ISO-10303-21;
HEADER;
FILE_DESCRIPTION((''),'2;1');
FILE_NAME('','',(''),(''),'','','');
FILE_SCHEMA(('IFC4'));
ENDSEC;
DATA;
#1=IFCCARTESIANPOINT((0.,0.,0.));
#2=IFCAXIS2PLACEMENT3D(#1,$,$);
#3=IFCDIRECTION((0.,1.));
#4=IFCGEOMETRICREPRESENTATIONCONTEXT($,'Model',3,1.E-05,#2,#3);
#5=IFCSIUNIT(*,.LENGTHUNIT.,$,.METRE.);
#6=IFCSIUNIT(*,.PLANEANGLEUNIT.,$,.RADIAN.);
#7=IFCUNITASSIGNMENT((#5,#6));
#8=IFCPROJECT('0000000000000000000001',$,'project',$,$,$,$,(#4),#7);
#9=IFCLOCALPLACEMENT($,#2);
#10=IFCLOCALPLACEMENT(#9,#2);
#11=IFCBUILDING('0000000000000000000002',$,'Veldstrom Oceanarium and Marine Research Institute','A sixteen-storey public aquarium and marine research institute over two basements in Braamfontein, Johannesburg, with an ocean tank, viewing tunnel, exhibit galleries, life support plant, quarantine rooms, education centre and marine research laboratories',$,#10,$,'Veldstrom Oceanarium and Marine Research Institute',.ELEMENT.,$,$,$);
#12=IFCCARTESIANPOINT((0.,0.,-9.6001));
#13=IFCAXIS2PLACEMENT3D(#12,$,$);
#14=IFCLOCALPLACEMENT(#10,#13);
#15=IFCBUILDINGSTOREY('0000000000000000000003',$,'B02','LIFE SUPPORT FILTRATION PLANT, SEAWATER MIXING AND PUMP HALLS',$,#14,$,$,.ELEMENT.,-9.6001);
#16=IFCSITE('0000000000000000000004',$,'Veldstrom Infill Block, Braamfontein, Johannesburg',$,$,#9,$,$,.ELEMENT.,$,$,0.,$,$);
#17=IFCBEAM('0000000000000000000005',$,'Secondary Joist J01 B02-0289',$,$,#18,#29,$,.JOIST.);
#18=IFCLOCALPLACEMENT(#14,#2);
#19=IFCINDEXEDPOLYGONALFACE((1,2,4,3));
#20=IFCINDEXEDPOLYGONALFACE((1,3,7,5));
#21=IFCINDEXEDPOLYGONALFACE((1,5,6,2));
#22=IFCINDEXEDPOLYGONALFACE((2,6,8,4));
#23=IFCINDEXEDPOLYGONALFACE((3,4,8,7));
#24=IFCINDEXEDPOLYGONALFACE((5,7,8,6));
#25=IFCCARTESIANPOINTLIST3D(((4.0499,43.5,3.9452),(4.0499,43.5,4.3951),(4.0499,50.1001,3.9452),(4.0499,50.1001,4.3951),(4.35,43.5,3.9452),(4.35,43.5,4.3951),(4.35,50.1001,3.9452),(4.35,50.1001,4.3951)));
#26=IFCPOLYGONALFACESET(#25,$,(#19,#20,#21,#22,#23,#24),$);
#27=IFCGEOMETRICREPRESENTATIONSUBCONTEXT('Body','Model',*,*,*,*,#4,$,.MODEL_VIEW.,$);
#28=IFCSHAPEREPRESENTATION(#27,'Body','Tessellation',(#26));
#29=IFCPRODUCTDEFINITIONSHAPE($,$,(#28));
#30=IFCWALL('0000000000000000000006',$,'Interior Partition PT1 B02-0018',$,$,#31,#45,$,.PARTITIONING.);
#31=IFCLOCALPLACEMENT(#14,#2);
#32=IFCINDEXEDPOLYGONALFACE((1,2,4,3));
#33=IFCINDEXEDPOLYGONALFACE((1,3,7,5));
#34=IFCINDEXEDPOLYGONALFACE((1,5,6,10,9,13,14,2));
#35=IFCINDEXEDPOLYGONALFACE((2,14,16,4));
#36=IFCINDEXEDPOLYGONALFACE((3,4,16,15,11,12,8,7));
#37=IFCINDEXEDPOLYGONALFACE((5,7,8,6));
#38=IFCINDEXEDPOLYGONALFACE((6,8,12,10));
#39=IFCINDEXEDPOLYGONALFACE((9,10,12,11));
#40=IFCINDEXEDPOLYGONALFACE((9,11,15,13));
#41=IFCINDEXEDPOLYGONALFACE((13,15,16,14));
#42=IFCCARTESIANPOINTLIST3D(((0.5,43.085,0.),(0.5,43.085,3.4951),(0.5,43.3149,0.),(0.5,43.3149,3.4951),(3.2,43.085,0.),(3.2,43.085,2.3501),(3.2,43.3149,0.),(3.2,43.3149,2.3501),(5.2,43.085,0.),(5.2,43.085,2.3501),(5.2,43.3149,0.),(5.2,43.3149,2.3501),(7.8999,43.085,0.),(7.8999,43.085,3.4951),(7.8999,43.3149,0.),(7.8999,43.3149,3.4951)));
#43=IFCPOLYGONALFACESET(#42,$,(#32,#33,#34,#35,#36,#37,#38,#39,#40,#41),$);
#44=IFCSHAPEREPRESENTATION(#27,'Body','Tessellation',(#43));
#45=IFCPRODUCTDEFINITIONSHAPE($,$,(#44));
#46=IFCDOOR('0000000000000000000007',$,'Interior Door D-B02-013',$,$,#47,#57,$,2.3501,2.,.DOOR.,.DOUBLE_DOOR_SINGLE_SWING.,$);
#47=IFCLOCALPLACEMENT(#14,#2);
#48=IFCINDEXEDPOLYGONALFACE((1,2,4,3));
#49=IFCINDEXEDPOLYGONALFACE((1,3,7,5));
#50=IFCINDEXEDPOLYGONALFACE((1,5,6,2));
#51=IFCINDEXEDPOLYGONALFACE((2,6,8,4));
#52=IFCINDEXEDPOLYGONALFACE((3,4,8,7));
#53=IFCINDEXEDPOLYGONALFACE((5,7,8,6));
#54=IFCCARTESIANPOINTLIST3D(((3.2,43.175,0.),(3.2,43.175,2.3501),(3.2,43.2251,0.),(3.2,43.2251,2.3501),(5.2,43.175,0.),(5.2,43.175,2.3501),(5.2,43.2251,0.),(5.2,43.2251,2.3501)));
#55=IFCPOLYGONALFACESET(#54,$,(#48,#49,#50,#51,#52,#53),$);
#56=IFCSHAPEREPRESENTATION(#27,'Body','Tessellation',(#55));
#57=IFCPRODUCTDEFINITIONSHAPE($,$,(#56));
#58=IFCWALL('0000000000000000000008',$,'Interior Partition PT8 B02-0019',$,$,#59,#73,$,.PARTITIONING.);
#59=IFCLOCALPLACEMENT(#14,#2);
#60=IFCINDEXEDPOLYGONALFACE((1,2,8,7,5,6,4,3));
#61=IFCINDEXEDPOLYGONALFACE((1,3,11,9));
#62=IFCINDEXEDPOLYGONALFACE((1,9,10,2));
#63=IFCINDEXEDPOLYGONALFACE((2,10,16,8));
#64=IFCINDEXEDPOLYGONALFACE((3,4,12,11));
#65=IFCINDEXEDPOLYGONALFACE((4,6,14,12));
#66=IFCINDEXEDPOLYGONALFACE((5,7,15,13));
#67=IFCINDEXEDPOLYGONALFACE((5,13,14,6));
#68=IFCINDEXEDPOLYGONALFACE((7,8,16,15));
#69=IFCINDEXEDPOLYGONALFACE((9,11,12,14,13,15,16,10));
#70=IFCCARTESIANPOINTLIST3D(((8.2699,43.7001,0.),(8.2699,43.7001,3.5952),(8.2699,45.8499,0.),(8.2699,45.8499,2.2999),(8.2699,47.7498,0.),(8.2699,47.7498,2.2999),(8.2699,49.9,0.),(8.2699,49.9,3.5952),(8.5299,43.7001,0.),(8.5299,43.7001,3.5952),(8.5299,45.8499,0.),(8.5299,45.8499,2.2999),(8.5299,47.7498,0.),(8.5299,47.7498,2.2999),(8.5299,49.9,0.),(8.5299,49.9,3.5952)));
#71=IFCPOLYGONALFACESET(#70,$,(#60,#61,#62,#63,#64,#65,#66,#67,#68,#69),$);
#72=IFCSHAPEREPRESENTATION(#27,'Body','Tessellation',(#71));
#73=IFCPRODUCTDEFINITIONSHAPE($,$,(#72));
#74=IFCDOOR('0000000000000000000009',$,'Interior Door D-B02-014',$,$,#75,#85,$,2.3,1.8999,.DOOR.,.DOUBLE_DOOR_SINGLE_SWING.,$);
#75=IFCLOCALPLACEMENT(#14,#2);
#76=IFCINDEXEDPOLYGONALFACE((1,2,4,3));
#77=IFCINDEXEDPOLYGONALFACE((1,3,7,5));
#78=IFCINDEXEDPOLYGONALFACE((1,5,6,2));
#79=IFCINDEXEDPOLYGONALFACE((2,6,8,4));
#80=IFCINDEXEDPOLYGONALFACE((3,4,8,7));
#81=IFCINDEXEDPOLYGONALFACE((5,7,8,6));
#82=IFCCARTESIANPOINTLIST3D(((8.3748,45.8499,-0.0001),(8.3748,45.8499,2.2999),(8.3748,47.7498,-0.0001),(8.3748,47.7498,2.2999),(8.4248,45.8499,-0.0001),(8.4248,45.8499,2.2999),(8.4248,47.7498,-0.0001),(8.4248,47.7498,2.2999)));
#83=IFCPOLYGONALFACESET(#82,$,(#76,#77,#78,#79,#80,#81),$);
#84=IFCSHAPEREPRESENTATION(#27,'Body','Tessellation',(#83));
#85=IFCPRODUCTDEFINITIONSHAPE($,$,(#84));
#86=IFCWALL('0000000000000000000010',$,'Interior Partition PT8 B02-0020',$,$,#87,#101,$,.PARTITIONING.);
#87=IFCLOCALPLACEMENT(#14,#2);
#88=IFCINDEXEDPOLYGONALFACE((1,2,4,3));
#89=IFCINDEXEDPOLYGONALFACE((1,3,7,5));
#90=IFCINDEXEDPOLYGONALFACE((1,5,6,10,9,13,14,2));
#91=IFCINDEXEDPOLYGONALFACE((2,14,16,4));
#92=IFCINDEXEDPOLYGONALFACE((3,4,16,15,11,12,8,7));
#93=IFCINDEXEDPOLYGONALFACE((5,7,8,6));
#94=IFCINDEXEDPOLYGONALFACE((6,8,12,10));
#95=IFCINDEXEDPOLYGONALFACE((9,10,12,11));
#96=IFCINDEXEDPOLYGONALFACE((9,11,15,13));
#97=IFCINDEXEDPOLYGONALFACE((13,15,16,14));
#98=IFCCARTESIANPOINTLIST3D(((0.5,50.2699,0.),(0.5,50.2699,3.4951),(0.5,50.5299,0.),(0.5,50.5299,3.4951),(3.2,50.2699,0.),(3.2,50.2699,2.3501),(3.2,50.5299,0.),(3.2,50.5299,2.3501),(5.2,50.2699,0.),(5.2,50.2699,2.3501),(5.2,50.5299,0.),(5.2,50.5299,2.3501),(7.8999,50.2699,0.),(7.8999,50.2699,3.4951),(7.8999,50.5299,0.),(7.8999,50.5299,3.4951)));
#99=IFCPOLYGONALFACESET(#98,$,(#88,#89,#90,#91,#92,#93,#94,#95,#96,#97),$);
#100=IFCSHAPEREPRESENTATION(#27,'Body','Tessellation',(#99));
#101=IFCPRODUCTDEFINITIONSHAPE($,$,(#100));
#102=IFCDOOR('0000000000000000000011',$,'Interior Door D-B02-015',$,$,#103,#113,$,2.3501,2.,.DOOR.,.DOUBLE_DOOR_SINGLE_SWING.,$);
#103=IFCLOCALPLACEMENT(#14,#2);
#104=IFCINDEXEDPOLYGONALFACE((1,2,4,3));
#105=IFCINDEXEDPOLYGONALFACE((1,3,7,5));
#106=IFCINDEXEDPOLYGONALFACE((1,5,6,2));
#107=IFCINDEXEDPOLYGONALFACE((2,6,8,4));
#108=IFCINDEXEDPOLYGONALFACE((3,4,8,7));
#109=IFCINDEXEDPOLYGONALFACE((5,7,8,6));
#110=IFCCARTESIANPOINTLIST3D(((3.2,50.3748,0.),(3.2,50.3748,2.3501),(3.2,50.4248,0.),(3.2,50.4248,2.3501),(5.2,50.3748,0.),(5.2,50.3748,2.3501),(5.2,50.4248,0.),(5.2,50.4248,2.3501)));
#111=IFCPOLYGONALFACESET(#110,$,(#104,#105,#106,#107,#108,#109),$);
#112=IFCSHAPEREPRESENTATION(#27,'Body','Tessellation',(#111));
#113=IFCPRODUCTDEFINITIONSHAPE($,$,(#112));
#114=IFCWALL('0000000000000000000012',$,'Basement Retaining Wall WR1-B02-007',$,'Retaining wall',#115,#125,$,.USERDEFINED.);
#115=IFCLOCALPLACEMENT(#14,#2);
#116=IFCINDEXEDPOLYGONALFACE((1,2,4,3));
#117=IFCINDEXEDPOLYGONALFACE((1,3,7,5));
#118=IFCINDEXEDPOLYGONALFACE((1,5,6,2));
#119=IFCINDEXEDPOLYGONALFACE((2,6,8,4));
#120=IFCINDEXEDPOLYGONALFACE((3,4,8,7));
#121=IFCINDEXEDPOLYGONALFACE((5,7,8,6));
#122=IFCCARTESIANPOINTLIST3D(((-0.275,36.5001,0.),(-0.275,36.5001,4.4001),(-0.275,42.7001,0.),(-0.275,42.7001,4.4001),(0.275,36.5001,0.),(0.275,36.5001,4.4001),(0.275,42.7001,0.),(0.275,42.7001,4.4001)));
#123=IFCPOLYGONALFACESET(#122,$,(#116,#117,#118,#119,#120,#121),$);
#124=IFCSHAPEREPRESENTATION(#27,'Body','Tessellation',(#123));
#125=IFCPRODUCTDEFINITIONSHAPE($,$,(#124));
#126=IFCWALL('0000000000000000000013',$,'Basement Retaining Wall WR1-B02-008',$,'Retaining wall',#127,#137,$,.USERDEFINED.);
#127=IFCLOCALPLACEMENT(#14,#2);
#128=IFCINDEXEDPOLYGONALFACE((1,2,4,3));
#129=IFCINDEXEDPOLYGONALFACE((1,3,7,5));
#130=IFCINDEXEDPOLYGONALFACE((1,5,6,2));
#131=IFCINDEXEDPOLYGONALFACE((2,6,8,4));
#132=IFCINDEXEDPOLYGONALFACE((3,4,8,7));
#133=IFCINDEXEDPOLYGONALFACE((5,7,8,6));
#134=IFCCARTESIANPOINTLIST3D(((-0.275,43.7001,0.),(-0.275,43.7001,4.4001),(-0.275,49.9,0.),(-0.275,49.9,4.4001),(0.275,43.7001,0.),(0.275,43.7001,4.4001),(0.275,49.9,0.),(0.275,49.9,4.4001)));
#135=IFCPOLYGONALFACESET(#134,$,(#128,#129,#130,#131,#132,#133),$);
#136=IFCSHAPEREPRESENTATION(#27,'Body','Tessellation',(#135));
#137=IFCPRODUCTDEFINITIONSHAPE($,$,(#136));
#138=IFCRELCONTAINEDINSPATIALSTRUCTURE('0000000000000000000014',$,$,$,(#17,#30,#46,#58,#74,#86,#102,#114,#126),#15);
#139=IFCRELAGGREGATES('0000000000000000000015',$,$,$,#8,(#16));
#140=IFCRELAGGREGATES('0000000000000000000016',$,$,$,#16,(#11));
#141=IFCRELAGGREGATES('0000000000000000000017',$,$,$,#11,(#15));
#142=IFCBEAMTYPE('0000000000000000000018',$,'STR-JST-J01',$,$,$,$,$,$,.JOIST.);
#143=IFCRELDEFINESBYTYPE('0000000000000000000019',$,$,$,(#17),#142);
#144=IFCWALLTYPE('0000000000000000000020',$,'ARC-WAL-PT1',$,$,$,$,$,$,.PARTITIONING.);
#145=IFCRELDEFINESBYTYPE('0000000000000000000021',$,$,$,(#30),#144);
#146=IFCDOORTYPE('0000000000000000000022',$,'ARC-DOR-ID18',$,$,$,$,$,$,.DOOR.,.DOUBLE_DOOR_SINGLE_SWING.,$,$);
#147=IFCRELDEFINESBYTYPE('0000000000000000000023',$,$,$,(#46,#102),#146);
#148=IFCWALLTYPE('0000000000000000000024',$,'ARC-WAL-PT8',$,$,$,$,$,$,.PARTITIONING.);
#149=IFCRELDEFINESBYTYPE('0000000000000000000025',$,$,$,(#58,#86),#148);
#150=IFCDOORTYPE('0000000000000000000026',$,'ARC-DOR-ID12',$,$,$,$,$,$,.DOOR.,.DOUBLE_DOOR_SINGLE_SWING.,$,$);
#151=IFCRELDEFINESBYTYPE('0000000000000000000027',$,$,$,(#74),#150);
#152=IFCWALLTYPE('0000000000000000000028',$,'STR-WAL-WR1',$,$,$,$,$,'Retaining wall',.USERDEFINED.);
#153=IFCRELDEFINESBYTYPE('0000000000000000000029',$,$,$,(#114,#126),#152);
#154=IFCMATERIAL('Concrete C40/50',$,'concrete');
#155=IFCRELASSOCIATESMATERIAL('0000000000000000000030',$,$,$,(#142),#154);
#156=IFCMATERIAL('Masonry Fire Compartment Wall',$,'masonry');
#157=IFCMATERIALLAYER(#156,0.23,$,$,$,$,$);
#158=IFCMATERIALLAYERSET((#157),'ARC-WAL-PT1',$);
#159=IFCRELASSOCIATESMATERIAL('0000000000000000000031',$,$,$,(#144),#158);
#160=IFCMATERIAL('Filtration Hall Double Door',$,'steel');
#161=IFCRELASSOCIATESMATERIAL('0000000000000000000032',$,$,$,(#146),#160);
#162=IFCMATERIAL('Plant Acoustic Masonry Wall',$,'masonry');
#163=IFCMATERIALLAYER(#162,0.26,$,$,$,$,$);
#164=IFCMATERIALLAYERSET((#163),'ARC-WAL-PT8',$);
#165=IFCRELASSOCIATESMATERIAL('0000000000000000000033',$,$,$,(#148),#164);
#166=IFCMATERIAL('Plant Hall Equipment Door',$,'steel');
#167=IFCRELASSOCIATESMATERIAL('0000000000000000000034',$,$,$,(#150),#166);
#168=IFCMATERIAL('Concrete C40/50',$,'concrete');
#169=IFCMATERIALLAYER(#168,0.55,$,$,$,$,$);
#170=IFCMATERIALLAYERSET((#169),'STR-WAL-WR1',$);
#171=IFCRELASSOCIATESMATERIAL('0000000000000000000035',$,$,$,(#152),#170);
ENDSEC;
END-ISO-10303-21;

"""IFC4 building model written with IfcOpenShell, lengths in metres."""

from ifc_helpers import new_model, si_unit, direction, frame, frame_2d, origin, origin_2d, place, context, subcontext, project, spatial, rectangle, extrude, material, layer, layer_set, material_profile, profile_set, type_object, element, fill, save


model = new_model("IFC4")

# Units and contexts
model_context = context("Model", 3, precision=1e-05, world=origin(), true_north=direction((0.0, 1.0)))
body_context = subcontext(model_context, "Body", "Model", "MODEL_VIEW")
ifc_project = project(units=[si_unit("LENGTHUNIT", "METRE"), si_unit("PLANEANGLEUNIT", "RADIAN")], contexts=[model_context])

# Site, building, storey
site_placement = place(None, origin())
site = spatial("IfcSite", under=ifc_project, at=site_placement, Name="Veldstrom Infill Block, Braamfontein, Johannesburg", CompositionType="ELEMENT", RefElevation=0.0)
building_placement = place(site_placement, origin())
building = spatial("IfcBuilding", under=site, at=building_placement, Name="Veldstrom Oceanarium and Marine Research Institute", Description="A sixteen-storey public aquarium and marine research institute over two basements in Braamfontein, Johannesburg, with an ocean tank, viewing tunnel, exhibit galleries, life support plant, quarantine rooms, education centre and marine research laboratories", LongName="Veldstrom Oceanarium and Marine Research Institute", CompositionType="ELEMENT")
storey_placement = place(building_placement, frame((0.0, 0.0, -9.6001)))
storey = spatial("IfcBuildingStorey", under=building, at=storey_placement, Name="B02", Description="LIFE SUPPORT FILTRATION PLANT, SEAWATER MIXING AND PUMP HALLS", CompositionType="ELEMENT", Elevation=-9.6001)

# Beam
ifc_material_1 = material(Name="Concrete C40/50", Category="concrete")
ifc_material_profile_1 = material_profile(ifc_material_1, rectangle(XDim=0.3, YDim=0.45, at=origin_2d()), Name="RC-JST-300x450")
ifc_profile_set_1 = profile_set([ifc_material_profile_1], Name="Concrete C40/50")
beam_type_1 = type_object("IfcBeamType", Name="STR-JST-J01", PredefinedType="JOIST", material=ifc_profile_set_1)
beam_1_placement = place(storey_placement, frame((4.2, 43.5, 4.1702), z_axis=(0.0, 1.0, 0.0), x_axis=(-1.0, 0.0, 0.0)))
element("IfcBeam", 1, at=beam_1_placement, inside=storey, type_object=beam_type_1, Name="Secondary Joist J01 B02-0289", PredefinedType="JOIST", context=body_context, shape_type="SweptSolid", body=[
    extrude(rectangle(XDim=0.3, YDim=0.45, at=origin_2d()), origin(), (0.0, 0.0, 1.0), 6.6001),
])

# Walls, openings, doors
ifc_material_2 = material(Name="Masonry Fire Compartment Wall", Category="masonry")
ifc_layer_1 = layer(ifc_material_2, 0.23)
ifc_layer_set_1 = layer_set([ifc_layer_1], Name="ARC-WAL-PT1")
wall_type_1 = type_object("IfcWallType", Name="ARC-WAL-PT1", PredefinedType="PARTITIONING", material=ifc_layer_set_1)
wall_1_placement = place(storey_placement, frame((0.5, 43.2, 0.0), z_axis=(0.0, 0.0, 1.0), x_axis=(1.0, 0.0, 0.0)))
wall_1 = element("IfcWall", 2, at=wall_1_placement, inside=storey, type_object=wall_type_1, Name="Interior Partition PT1 B02-0018", PredefinedType="PARTITIONING", context=body_context, shape_type="SweptSolid", body=[
    extrude(rectangle(XDim=7.3999, YDim=0.23, at=frame_2d((3.7, 0.0))), origin(), (0.0, 0.0, 1.0), 3.4951),
])
opening_1_placement = place(wall_1_placement, frame((2.7, 0.0, 0.0)))
opening_1 = element("IfcOpeningElement", 3, at=opening_1_placement, cuts=wall_1, PredefinedType="OPENING", context=body_context, shape_type="SweptSolid", body=[
    extrude(rectangle(XDim=2.0, YDim=2.3501, at=frame_2d((1.0, 1.175))), frame((0.0, 0.125, 0.0), z_axis=(0.0, -1.0, 0.0), x_axis=(1.0, 0.0, 0.0)), (0.0, 0.0, 1.0), 0.25),
])
ifc_material_3 = material(Name="Filtration Hall Double Door", Category="steel")
door_type_1 = type_object("IfcDoorType", Name="ARC-DOR-ID18", OperationType="DOUBLE_DOOR_SINGLE_SWING", PredefinedType="DOOR", material=ifc_material_3)
door_1_placement = place(opening_1_placement, frame((2.0, 0.0, 0.0), z_axis=(0.0, 0.0, 1.0), x_axis=(-1.0, 0.0, 0.0)))
door_1 = element("IfcDoor", 4, at=door_1_placement, inside=storey, type_object=door_type_1, Name="Interior Door D-B02-013", OperationType="DOUBLE_DOOR_SINGLE_SWING", OverallHeight=2.3501, OverallWidth=2.0, PredefinedType="DOOR", context=body_context, shape_type="SweptSolid", body=[
    extrude(rectangle(XDim=2.0, YDim=2.3501, at=frame_2d((1.0, 1.175))), frame((0.0, 0.0249, 0.0), z_axis=(0.0, -1.0, 0.0), x_axis=(1.0, 0.0, 0.0)), (0.0, 0.0, 1.0), 0.05),
])
fill(opening_1, door_1)
ifc_material_4 = material(Name="Plant Acoustic Masonry Wall", Category="masonry")
ifc_layer_2 = layer(ifc_material_4, 0.26)
ifc_layer_set_2 = layer_set([ifc_layer_2], Name="ARC-WAL-PT8")
wall_type_2 = type_object("IfcWallType", Name="ARC-WAL-PT8", PredefinedType="PARTITIONING", material=ifc_layer_set_2)
wall_2_placement = place(storey_placement, frame((8.3999, 43.7, 0.0), z_axis=(0.0, 0.0, 1.0), x_axis=(0.0, 1.0, 0.0)))
wall_2 = element("IfcWall", 5, at=wall_2_placement, inside=storey, type_object=wall_type_2, Name="Interior Partition PT8 B02-0019", PredefinedType="PARTITIONING", context=body_context, shape_type="SweptSolid", body=[
    extrude(rectangle(XDim=6.2, YDim=0.26, at=frame_2d((3.1001, 0.0))), origin(), (0.0, 0.0, 1.0), 3.5952),
])
opening_2_placement = place(wall_2_placement, frame((2.1499, 0.0, 0.0)))
opening_2 = element("IfcOpeningElement", 6, at=opening_2_placement, cuts=wall_2, PredefinedType="OPENING", context=body_context, shape_type="SweptSolid", body=[
    extrude(rectangle(XDim=1.8999, YDim=2.3, at=frame_2d((0.95, 1.1499))), frame((0.0, 0.1399, 0.0), z_axis=(0.0, -1.0, 0.0), x_axis=(1.0, 0.0, 0.0)), (0.0, 0.0, 1.0), 0.28),
])
ifc_material_5 = material(Name="Plant Hall Equipment Door", Category="steel")
door_type_2 = type_object("IfcDoorType", Name="ARC-DOR-ID12", OperationType="DOUBLE_DOOR_SINGLE_SWING", PredefinedType="DOOR", material=ifc_material_5)
door_2_placement = place(opening_2_placement, frame((1.8999, 0.0, 0.0), z_axis=(0.0, 0.0, 1.0), x_axis=(-1.0, 0.0, 0.0)))
door_2 = element("IfcDoor", 7, at=door_2_placement, inside=storey, type_object=door_type_2, Name="Interior Door D-B02-014", OperationType="DOUBLE_DOOR_SINGLE_SWING", OverallHeight=2.3, OverallWidth=1.8999, PredefinedType="DOOR", context=body_context, shape_type="SweptSolid", body=[
    extrude(rectangle(XDim=1.8999, YDim=2.3, at=frame_2d((0.95, 1.1499))), frame((0.0, 0.0249, 0.0), z_axis=(0.0, -1.0, 0.0), x_axis=(1.0, 0.0, 0.0)), (0.0, 0.0, 1.0), 0.05),
])
fill(opening_2, door_2)
wall_3_placement = place(storey_placement, frame((0.5, 50.3999, 0.0), z_axis=(0.0, 0.0, 1.0), x_axis=(1.0, 0.0, 0.0)))
wall_3 = element("IfcWall", 8, at=wall_3_placement, inside=storey, type_object=wall_type_2, Name="Interior Partition PT8 B02-0020", PredefinedType="PARTITIONING", context=body_context, shape_type="SweptSolid", body=[
    extrude(rectangle(XDim=7.3999, YDim=0.26, at=frame_2d((3.7, 0.0))), origin(), (0.0, 0.0, 1.0), 3.4951),
])
opening_3_placement = place(wall_3_placement, frame((2.7, 0.0, 0.0)))
opening_3 = element("IfcOpeningElement", 9, at=opening_3_placement, cuts=wall_3, PredefinedType="OPENING", context=body_context, shape_type="SweptSolid", body=[
    extrude(rectangle(XDim=2.0, YDim=2.3501, at=frame_2d((1.0, 1.175))), frame((0.0, 0.1399, 0.0), z_axis=(0.0, -1.0, 0.0), x_axis=(1.0, 0.0, 0.0)), (0.0, 0.0, 1.0), 0.28),
])
door_3_placement = place(opening_3_placement, origin())
door_3 = element("IfcDoor", 10, at=door_3_placement, inside=storey, type_object=door_type_1, Name="Interior Door D-B02-015", OperationType="DOUBLE_DOOR_SINGLE_SWING", OverallHeight=2.3501, OverallWidth=2.0, PredefinedType="DOOR", context=body_context, shape_type="SweptSolid", body=[
    extrude(rectangle(XDim=2.0, YDim=2.3501, at=frame_2d((1.0, 1.175))), frame((0.0, 0.0249, 0.0), z_axis=(0.0, -1.0, 0.0), x_axis=(1.0, 0.0, 0.0)), (0.0, 0.0, 1.0), 0.05),
])
fill(opening_3, door_3)

# Walls
ifc_material_6 = material(Name="Concrete C40/50", Category="concrete")
ifc_layer_3 = layer(ifc_material_6, 0.55)
ifc_layer_set_3 = layer_set([ifc_layer_3], Name="STR-WAL-WR1")
wall_type_3 = type_object("IfcWallType", Name="STR-WAL-WR1", ElementType="Retaining wall", PredefinedType="USERDEFINED", material=ifc_layer_set_3)
for number, where, z_axis, x_axis, name in (
    (11, (0.0, 36.5, 0.0), (0.0, 0.0, 1.0), (0.0, 1.0, 0.0), "Basement Retaining Wall WR1-B02-007"),
    (12, (0.0, 43.7, 0.0), (0.0, 0.0, 1.0), (0.0, 1.0, 0.0), "Basement Retaining Wall WR1-B02-008"),
):
    element("IfcWall", number, at=place(storey_placement, frame(where, z_axis=z_axis, x_axis=x_axis)), inside=storey, type_object=wall_type_3, Name=name, ObjectType="Retaining wall", PredefinedType="USERDEFINED", context=body_context, shape_type="SweptSolid", body=[
        extrude(rectangle(XDim=6.2, YDim=0.55, at=frame_2d((3.1001, 0.0))), origin(), (0.0, 0.0, 1.0), 4.4001),
    ])

save(model, "model.ifc")
